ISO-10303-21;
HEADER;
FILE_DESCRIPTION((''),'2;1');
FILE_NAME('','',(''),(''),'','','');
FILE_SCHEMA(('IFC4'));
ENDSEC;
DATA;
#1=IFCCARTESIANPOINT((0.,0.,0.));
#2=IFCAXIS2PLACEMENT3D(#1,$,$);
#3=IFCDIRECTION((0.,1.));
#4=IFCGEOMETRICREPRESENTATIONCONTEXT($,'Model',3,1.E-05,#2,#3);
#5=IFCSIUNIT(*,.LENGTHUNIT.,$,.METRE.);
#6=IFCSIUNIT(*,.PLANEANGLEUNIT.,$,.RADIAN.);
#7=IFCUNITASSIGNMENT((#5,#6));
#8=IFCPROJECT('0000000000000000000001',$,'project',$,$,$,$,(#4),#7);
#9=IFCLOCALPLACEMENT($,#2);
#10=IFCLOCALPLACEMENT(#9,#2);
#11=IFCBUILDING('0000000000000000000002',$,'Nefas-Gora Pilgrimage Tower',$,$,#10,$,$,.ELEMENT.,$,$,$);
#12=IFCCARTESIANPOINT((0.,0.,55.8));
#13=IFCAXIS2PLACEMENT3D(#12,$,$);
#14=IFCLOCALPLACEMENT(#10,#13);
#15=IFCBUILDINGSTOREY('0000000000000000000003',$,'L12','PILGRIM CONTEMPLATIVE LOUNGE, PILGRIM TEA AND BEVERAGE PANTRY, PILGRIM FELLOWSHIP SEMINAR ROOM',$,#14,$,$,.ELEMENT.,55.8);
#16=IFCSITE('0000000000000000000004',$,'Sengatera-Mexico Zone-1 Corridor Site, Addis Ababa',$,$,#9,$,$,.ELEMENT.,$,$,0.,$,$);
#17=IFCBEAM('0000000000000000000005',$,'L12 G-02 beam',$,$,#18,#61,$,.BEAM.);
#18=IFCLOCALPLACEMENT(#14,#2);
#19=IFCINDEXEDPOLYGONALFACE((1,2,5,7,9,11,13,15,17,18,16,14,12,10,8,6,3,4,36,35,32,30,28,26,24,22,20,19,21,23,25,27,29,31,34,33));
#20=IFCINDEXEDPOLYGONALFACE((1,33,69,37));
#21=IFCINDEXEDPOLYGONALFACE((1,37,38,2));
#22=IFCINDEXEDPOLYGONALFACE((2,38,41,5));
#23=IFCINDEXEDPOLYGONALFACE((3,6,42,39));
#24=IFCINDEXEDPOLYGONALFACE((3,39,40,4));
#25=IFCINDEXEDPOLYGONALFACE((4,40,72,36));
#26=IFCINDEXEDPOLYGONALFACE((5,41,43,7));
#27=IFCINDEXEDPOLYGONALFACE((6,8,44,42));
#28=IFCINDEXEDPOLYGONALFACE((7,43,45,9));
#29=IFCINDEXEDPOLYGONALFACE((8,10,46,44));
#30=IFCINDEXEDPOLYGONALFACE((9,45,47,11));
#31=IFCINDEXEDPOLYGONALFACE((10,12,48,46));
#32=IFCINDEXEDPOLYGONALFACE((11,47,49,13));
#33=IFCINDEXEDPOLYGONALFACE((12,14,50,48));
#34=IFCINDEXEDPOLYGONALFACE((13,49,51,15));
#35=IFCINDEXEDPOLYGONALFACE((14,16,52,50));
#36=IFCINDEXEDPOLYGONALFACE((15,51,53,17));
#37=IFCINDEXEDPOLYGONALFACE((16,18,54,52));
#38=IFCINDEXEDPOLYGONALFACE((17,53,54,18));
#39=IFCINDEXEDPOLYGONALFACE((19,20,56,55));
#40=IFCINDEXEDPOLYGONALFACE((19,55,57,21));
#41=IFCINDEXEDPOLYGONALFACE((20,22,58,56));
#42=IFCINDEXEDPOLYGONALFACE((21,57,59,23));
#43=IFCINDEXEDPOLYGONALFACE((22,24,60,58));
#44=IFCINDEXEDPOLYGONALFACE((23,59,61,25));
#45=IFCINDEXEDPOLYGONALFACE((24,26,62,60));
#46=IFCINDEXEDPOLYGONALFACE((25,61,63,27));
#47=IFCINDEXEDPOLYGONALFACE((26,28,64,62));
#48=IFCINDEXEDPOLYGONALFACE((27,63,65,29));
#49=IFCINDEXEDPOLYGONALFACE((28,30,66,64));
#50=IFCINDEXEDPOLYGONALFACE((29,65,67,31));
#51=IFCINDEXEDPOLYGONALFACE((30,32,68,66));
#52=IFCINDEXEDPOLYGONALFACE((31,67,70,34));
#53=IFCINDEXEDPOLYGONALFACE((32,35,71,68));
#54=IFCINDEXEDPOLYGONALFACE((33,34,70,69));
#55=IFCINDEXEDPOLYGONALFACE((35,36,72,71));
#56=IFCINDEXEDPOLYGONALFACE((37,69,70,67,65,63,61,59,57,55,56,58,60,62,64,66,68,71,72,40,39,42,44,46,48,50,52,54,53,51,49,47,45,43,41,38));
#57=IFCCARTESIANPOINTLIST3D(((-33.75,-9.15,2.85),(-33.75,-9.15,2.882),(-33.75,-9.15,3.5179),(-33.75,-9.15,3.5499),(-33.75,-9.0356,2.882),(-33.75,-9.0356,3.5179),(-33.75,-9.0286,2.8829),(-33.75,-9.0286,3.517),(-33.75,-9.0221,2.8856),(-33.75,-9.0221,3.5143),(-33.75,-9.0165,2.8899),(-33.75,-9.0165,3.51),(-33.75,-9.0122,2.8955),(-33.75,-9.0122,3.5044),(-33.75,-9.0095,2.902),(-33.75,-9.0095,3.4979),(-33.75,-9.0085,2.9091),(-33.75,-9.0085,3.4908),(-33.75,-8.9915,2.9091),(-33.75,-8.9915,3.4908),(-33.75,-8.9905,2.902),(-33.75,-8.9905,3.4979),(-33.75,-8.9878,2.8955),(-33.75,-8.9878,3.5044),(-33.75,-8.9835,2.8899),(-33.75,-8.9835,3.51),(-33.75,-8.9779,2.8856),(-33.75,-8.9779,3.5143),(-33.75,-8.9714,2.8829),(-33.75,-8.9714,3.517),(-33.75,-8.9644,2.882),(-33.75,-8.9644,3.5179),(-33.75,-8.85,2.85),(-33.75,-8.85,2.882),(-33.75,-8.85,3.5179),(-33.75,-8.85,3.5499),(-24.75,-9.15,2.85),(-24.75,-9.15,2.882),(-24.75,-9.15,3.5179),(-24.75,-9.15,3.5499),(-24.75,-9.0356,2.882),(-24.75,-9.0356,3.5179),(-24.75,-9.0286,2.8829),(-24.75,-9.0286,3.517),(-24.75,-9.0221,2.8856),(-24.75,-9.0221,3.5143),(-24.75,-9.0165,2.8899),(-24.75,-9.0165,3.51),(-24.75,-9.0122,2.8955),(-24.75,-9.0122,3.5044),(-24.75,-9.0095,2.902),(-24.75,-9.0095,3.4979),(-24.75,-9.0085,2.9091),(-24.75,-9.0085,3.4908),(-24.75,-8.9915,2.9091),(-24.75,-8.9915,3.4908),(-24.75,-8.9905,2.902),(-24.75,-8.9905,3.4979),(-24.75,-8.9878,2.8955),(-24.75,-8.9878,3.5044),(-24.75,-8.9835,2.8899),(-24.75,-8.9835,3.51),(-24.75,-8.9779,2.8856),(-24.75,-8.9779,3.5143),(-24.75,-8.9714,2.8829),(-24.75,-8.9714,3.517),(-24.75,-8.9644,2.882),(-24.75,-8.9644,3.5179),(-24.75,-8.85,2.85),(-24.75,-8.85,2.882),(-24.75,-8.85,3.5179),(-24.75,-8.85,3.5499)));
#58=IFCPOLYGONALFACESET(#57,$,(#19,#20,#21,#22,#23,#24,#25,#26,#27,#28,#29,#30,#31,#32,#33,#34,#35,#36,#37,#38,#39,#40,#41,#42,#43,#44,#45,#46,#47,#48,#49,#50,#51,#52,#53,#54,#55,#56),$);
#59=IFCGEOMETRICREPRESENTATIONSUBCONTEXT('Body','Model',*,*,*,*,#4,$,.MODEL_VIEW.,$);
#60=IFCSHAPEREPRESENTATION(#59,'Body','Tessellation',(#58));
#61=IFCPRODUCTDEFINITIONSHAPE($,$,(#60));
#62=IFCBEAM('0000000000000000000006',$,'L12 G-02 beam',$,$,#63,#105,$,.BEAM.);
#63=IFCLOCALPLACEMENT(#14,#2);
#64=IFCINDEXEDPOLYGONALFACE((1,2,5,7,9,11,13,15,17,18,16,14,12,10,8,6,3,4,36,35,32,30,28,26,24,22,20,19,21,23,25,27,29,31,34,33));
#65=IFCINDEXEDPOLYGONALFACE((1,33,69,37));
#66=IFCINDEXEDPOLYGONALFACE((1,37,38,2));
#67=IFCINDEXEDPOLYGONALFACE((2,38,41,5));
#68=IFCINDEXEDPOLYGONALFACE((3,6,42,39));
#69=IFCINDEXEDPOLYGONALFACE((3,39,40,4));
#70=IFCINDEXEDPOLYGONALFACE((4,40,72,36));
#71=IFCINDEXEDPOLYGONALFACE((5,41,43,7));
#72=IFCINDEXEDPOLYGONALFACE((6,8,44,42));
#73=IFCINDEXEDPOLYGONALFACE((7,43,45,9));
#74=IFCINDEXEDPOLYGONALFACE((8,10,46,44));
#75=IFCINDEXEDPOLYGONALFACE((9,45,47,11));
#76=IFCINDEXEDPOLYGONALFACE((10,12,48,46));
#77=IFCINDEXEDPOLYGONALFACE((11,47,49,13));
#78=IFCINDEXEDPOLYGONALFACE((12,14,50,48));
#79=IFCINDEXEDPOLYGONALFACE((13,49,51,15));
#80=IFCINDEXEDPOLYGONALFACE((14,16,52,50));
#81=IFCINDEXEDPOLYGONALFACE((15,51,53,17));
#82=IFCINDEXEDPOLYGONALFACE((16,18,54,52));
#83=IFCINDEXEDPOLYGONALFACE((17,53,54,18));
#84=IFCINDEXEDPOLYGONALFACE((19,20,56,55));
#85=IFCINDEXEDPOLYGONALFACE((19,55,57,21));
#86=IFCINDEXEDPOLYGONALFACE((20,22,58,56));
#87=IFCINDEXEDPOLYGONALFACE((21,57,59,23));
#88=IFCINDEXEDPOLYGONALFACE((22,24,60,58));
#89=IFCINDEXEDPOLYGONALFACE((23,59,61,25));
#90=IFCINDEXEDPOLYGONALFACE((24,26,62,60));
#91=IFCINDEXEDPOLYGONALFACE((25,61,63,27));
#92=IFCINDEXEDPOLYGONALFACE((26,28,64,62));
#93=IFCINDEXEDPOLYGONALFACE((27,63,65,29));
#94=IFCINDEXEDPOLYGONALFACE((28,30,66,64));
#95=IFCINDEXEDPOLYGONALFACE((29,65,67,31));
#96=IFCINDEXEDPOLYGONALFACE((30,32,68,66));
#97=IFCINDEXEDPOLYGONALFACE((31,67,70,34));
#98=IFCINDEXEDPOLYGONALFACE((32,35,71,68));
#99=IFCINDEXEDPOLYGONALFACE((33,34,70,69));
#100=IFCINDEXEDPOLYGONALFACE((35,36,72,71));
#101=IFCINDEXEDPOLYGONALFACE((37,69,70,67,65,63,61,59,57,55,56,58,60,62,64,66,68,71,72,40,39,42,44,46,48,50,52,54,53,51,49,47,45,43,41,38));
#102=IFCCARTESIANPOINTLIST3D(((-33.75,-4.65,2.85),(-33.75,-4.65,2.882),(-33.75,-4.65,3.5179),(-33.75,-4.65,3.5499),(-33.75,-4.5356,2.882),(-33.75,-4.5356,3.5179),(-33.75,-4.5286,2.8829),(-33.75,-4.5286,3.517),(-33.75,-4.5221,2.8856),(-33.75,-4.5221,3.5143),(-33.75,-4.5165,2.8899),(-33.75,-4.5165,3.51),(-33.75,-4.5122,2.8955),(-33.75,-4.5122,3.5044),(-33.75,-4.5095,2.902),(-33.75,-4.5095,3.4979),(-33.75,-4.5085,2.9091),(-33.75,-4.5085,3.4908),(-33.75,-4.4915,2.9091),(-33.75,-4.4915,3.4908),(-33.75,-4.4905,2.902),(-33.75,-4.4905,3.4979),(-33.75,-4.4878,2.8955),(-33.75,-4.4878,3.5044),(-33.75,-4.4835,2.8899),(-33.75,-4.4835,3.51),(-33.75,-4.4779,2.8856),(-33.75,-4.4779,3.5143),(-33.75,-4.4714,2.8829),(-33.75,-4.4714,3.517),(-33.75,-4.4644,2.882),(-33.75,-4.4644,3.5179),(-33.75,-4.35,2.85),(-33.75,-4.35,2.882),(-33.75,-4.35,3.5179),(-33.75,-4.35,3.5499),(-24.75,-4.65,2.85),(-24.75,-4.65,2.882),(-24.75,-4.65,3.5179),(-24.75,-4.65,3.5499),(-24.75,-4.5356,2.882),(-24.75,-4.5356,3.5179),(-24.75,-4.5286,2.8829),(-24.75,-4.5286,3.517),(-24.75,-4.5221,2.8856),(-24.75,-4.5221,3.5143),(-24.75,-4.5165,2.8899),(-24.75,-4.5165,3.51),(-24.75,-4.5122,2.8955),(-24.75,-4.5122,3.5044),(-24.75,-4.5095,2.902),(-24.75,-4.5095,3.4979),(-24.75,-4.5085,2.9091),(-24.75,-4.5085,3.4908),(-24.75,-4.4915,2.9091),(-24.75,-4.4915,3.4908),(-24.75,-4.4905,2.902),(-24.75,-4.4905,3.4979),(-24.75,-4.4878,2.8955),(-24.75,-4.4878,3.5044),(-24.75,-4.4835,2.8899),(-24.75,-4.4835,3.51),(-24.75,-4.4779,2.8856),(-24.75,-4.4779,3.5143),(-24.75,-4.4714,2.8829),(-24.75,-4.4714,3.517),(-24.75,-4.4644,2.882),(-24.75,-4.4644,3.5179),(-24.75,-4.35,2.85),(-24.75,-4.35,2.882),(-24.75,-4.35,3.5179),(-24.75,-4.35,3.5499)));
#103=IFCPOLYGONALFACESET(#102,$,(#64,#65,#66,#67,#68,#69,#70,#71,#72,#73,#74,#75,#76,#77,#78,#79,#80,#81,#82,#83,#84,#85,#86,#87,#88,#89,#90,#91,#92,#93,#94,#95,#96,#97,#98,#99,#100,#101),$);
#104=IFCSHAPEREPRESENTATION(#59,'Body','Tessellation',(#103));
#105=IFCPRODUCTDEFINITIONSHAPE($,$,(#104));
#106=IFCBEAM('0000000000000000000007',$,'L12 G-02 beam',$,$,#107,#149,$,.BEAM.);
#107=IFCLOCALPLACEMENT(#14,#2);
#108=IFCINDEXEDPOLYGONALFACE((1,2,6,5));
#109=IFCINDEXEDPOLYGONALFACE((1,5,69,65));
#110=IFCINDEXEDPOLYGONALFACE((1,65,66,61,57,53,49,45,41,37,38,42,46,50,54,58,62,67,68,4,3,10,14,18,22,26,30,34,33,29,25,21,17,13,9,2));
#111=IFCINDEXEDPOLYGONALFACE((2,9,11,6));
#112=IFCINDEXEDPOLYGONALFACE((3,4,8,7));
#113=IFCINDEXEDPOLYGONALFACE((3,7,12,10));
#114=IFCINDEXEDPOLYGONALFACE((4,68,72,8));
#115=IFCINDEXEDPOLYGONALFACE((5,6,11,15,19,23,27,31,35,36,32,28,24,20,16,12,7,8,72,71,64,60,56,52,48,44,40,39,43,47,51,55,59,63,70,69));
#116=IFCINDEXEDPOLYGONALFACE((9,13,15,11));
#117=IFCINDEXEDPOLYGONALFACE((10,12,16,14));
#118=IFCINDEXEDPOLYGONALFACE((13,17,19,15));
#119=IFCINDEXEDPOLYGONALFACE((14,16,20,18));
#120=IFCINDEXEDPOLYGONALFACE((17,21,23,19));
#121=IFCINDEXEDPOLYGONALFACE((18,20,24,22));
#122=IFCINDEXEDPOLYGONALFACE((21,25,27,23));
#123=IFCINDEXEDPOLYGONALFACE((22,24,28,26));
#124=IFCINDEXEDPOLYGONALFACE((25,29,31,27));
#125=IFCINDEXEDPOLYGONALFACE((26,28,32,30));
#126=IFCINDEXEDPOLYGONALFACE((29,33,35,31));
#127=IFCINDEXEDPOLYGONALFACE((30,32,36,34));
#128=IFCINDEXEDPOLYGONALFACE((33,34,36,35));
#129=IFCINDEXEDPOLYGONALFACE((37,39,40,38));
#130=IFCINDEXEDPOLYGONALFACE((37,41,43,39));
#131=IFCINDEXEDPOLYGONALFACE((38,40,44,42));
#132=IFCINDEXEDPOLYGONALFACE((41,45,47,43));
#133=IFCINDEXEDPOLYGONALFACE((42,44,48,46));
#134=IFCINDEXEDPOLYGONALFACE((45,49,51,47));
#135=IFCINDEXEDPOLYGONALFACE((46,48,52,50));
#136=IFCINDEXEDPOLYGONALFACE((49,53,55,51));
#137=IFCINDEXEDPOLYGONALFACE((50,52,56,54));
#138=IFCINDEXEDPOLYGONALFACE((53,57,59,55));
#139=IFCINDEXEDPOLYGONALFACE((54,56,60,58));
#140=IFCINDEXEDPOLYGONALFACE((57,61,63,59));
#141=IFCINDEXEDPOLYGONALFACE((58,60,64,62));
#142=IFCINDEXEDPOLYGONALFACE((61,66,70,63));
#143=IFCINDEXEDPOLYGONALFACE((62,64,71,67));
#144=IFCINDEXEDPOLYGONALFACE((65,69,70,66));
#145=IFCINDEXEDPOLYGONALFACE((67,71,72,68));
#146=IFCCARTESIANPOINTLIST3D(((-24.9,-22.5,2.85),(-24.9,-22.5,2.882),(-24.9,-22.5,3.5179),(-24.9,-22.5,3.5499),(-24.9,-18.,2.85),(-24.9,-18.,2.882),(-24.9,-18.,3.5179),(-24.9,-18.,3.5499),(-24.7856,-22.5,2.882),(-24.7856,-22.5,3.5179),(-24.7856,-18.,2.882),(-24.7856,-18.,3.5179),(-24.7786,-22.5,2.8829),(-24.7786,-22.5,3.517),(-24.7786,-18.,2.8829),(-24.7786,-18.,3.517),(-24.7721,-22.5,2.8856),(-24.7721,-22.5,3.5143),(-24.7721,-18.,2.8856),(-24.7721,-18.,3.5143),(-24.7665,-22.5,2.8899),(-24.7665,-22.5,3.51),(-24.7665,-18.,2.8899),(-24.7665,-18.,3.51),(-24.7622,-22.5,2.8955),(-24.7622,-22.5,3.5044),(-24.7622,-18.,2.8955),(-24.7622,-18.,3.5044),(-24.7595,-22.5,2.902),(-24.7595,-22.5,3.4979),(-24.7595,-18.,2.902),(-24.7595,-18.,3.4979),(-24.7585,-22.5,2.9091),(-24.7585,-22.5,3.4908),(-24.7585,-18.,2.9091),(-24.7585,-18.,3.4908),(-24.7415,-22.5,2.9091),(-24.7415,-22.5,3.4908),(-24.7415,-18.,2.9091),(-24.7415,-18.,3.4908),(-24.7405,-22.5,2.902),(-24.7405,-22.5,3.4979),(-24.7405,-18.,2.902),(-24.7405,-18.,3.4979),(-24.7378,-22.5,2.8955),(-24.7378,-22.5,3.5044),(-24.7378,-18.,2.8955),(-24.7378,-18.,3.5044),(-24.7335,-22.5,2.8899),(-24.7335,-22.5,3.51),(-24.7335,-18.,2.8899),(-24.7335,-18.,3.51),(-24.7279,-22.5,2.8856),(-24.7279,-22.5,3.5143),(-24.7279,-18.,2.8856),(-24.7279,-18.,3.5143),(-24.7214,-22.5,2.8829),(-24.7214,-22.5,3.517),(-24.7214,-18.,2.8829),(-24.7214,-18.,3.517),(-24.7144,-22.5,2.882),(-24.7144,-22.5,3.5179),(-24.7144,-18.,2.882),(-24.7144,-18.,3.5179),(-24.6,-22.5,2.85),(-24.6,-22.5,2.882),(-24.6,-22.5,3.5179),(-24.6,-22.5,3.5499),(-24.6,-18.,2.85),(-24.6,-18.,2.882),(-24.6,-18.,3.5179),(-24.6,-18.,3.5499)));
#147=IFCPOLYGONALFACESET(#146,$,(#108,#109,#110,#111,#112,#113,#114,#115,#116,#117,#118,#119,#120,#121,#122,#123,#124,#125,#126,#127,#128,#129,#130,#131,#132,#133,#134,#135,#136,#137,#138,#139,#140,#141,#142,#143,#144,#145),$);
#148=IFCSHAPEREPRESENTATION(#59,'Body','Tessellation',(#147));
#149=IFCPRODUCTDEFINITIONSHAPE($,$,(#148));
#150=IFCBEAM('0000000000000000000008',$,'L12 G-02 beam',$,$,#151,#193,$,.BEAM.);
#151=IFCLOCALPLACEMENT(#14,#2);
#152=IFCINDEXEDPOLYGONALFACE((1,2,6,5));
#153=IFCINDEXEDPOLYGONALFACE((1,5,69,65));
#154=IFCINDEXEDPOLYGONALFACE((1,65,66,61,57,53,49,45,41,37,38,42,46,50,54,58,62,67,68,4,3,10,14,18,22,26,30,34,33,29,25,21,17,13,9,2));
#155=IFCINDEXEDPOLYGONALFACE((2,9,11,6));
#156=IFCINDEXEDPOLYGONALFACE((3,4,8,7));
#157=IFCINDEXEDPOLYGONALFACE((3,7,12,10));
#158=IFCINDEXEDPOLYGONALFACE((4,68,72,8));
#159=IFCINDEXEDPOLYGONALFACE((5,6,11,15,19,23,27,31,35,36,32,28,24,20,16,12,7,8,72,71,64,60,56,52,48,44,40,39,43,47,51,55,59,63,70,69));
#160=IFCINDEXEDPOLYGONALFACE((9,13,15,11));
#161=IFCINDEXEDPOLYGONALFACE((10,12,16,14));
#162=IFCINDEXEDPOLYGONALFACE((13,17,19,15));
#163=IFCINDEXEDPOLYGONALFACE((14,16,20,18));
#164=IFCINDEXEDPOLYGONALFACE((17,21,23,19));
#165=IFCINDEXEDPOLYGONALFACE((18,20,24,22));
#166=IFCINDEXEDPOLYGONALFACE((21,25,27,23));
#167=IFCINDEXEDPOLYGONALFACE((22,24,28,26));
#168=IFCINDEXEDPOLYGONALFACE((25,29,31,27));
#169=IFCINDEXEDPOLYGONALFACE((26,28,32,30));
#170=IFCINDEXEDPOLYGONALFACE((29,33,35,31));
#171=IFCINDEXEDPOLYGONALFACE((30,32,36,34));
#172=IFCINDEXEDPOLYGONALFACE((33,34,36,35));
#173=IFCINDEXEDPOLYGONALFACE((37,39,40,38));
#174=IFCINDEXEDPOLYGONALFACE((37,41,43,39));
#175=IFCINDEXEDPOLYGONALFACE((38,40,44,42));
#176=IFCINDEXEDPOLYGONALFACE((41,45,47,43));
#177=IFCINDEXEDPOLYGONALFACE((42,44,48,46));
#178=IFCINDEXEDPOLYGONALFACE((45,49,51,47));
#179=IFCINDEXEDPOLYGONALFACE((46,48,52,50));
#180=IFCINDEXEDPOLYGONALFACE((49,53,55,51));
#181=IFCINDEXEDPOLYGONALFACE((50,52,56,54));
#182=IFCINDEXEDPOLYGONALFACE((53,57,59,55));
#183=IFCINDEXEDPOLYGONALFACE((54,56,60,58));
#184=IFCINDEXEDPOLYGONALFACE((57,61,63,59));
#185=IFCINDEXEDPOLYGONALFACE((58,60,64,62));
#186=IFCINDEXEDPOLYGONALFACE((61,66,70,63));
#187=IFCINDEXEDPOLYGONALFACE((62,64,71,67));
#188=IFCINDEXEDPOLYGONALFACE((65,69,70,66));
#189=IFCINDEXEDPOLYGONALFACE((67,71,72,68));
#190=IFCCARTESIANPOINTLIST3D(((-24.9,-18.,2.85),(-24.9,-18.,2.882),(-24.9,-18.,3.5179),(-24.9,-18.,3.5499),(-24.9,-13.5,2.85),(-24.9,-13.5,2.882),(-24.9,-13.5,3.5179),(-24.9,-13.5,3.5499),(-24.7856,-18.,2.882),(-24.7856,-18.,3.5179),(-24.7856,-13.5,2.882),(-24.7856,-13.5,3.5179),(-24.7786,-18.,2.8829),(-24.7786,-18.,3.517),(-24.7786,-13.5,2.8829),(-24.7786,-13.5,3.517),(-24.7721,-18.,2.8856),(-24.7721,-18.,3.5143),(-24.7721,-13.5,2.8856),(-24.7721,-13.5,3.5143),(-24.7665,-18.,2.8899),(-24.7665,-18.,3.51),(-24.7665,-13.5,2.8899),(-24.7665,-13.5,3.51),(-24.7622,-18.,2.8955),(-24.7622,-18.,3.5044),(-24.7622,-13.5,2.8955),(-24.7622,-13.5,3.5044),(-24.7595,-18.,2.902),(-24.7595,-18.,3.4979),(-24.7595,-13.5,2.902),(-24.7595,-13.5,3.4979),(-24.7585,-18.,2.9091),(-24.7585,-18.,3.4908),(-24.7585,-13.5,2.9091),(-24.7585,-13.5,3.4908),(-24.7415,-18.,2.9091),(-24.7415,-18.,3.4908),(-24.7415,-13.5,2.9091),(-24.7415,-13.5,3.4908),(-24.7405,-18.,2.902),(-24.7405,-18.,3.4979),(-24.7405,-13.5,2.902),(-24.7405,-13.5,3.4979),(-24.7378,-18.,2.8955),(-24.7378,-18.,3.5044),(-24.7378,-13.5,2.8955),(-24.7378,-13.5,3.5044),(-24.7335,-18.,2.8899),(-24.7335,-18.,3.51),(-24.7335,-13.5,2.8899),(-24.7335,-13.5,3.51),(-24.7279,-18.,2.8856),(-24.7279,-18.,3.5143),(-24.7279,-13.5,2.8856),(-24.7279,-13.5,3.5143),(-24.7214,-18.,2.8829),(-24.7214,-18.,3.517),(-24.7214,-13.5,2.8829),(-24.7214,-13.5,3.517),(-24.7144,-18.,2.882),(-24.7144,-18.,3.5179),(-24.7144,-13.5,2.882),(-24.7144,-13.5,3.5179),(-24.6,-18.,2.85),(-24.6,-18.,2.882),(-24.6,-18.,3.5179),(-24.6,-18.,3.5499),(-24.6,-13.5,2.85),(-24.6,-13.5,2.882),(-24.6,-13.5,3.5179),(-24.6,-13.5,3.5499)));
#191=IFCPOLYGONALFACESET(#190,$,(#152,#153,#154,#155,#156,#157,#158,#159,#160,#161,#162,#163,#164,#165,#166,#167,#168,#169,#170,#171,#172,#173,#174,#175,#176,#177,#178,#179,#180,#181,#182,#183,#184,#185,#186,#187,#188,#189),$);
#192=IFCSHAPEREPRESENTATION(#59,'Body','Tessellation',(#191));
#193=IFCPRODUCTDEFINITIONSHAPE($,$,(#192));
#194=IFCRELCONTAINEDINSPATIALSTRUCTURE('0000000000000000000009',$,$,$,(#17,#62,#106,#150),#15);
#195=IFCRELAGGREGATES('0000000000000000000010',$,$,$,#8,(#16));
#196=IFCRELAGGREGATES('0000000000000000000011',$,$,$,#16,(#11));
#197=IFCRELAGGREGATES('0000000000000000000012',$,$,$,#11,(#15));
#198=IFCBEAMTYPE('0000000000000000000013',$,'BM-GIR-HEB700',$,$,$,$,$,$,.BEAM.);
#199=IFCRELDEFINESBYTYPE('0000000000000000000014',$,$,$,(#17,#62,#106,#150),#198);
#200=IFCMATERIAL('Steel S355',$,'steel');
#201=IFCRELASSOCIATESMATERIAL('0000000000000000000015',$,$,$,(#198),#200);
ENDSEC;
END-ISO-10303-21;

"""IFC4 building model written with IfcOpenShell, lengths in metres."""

from ifc_helpers import new_model, si_unit, direction, frame, origin, origin_2d, place, context, subcontext, project, spatial, i_section, extrude, source, transform, mapped, material, material_profile, profile_set, type_object, element, save


model = new_model("IFC4")

# Units and contexts
model_context = context("Model", 3, precision=1e-05, world=origin(), true_north=direction((0.0, 1.0)))
body_context = subcontext(model_context, "Body", "Model", "MODEL_VIEW")
ifc_project = project(units=[si_unit("LENGTHUNIT", "METRE"), si_unit("PLANEANGLEUNIT", "RADIAN")], contexts=[model_context])

# Site, building, storey
site_placement = place(None, origin())
site = spatial("IfcSite", under=ifc_project, at=site_placement, Name="Sengatera-Mexico Zone-1 Corridor Site, Addis Ababa", CompositionType="ELEMENT", RefElevation=0.0)
building_placement = place(site_placement, origin())
building = spatial("IfcBuilding", under=site, at=building_placement, Name="Nefas-Gora Pilgrimage Tower", CompositionType="ELEMENT")
storey_placement = place(building_placement, frame((0.0, 0.0, 55.8)))
storey = spatial("IfcBuildingStorey", under=building, at=storey_placement, Name="L12", Description="PILGRIM CONTEMPLATIVE LOUNGE, PILGRIM TEA AND BEVERAGE PANTRY, PILGRIM FELLOWSHIP SEMINAR ROOM", CompositionType="ELEMENT", Elevation=55.8)

# Beams
ifc_material_1 = material(Name="Steel S355", Category="steel")
ifc_material_profile_1 = material_profile(ifc_material_1, i_section(OverallWidth=0.3, OverallDepth=0.7, WebThickness=0.0171, FlangeThickness=0.032, FilletRadius=0.0271, at=origin_2d()), Name="HEB 700")
ifc_profile_set_1 = profile_set([ifc_material_profile_1], Name="Steel S355")
beam_type_1 = type_object("IfcBeamType", Name="BM-GIR-HEB700", PredefinedType="BEAM", material=ifc_profile_set_1)
shared_shape_1 = source(origin(), body_context, "Body", "SweptSolid", [
    extrude(i_section(OverallWidth=0.3, OverallDepth=0.7, WebThickness=0.0171, FlangeThickness=0.032, FilletRadius=0.0271, at=origin_2d()), origin(), (0.0, 0.0, 1.0), 9.0),
])
for number, where, z_axis, x_axis, name in (
    (1, (-33.75, -9.0, 3.2), (1.0, 0.0, 0.0), (0.0, 1.0, 0.0), "L12 G-02 beam"),
    (2, (-33.75, -4.5, 3.2), (1.0, 0.0, 0.0), (0.0, 1.0, 0.0), "L12 G-02 beam"),
):
    element("IfcBeam", number, at=place(storey_placement, frame(where, z_axis=z_axis, x_axis=x_axis)), inside=storey, type_object=beam_type_1, Name=name, PredefinedType="BEAM", context=body_context, shape_type="MappedRepresentation", body=[
        mapped(shared_shape_1, transform((0.0, 0.0, 0.0), x_axis=(1.0, 0.0, 0.0), y_axis=(0.0, 1.0, 0.0), z_axis=(0.0, 0.0, 1.0), scale=1.0)),
    ])
shared_shape_2 = source(origin(), body_context, "Body", "SweptSolid", [
    extrude(i_section(OverallWidth=0.3, OverallDepth=0.7, WebThickness=0.0171, FlangeThickness=0.032, FilletRadius=0.0271, at=origin_2d()), origin(), (0.0, 0.0, 1.0), 4.5),
])
for number, where, z_axis, x_axis, name in (
    (3, (-24.75, -22.5, 3.2), (0.0, 1.0, 0.0), (-1.0, 0.0, 0.0), "L12 G-02 beam"),
    (4, (-24.75, -18.0, 3.2), (0.0, 1.0, 0.0), (-1.0, 0.0, 0.0), "L12 G-02 beam"),
):
    element("IfcBeam", number, at=place(storey_placement, frame(where, z_axis=z_axis, x_axis=x_axis)), inside=storey, type_object=beam_type_1, Name=name, PredefinedType="BEAM", context=body_context, shape_type="MappedRepresentation", body=[
        mapped(shared_shape_2, transform((0.0, 0.0, 0.0), x_axis=(1.0, 0.0, 0.0), y_axis=(0.0, 1.0, 0.0), z_axis=(0.0, 0.0, 1.0), scale=1.0)),
    ])

save(model, "model.ifc")
